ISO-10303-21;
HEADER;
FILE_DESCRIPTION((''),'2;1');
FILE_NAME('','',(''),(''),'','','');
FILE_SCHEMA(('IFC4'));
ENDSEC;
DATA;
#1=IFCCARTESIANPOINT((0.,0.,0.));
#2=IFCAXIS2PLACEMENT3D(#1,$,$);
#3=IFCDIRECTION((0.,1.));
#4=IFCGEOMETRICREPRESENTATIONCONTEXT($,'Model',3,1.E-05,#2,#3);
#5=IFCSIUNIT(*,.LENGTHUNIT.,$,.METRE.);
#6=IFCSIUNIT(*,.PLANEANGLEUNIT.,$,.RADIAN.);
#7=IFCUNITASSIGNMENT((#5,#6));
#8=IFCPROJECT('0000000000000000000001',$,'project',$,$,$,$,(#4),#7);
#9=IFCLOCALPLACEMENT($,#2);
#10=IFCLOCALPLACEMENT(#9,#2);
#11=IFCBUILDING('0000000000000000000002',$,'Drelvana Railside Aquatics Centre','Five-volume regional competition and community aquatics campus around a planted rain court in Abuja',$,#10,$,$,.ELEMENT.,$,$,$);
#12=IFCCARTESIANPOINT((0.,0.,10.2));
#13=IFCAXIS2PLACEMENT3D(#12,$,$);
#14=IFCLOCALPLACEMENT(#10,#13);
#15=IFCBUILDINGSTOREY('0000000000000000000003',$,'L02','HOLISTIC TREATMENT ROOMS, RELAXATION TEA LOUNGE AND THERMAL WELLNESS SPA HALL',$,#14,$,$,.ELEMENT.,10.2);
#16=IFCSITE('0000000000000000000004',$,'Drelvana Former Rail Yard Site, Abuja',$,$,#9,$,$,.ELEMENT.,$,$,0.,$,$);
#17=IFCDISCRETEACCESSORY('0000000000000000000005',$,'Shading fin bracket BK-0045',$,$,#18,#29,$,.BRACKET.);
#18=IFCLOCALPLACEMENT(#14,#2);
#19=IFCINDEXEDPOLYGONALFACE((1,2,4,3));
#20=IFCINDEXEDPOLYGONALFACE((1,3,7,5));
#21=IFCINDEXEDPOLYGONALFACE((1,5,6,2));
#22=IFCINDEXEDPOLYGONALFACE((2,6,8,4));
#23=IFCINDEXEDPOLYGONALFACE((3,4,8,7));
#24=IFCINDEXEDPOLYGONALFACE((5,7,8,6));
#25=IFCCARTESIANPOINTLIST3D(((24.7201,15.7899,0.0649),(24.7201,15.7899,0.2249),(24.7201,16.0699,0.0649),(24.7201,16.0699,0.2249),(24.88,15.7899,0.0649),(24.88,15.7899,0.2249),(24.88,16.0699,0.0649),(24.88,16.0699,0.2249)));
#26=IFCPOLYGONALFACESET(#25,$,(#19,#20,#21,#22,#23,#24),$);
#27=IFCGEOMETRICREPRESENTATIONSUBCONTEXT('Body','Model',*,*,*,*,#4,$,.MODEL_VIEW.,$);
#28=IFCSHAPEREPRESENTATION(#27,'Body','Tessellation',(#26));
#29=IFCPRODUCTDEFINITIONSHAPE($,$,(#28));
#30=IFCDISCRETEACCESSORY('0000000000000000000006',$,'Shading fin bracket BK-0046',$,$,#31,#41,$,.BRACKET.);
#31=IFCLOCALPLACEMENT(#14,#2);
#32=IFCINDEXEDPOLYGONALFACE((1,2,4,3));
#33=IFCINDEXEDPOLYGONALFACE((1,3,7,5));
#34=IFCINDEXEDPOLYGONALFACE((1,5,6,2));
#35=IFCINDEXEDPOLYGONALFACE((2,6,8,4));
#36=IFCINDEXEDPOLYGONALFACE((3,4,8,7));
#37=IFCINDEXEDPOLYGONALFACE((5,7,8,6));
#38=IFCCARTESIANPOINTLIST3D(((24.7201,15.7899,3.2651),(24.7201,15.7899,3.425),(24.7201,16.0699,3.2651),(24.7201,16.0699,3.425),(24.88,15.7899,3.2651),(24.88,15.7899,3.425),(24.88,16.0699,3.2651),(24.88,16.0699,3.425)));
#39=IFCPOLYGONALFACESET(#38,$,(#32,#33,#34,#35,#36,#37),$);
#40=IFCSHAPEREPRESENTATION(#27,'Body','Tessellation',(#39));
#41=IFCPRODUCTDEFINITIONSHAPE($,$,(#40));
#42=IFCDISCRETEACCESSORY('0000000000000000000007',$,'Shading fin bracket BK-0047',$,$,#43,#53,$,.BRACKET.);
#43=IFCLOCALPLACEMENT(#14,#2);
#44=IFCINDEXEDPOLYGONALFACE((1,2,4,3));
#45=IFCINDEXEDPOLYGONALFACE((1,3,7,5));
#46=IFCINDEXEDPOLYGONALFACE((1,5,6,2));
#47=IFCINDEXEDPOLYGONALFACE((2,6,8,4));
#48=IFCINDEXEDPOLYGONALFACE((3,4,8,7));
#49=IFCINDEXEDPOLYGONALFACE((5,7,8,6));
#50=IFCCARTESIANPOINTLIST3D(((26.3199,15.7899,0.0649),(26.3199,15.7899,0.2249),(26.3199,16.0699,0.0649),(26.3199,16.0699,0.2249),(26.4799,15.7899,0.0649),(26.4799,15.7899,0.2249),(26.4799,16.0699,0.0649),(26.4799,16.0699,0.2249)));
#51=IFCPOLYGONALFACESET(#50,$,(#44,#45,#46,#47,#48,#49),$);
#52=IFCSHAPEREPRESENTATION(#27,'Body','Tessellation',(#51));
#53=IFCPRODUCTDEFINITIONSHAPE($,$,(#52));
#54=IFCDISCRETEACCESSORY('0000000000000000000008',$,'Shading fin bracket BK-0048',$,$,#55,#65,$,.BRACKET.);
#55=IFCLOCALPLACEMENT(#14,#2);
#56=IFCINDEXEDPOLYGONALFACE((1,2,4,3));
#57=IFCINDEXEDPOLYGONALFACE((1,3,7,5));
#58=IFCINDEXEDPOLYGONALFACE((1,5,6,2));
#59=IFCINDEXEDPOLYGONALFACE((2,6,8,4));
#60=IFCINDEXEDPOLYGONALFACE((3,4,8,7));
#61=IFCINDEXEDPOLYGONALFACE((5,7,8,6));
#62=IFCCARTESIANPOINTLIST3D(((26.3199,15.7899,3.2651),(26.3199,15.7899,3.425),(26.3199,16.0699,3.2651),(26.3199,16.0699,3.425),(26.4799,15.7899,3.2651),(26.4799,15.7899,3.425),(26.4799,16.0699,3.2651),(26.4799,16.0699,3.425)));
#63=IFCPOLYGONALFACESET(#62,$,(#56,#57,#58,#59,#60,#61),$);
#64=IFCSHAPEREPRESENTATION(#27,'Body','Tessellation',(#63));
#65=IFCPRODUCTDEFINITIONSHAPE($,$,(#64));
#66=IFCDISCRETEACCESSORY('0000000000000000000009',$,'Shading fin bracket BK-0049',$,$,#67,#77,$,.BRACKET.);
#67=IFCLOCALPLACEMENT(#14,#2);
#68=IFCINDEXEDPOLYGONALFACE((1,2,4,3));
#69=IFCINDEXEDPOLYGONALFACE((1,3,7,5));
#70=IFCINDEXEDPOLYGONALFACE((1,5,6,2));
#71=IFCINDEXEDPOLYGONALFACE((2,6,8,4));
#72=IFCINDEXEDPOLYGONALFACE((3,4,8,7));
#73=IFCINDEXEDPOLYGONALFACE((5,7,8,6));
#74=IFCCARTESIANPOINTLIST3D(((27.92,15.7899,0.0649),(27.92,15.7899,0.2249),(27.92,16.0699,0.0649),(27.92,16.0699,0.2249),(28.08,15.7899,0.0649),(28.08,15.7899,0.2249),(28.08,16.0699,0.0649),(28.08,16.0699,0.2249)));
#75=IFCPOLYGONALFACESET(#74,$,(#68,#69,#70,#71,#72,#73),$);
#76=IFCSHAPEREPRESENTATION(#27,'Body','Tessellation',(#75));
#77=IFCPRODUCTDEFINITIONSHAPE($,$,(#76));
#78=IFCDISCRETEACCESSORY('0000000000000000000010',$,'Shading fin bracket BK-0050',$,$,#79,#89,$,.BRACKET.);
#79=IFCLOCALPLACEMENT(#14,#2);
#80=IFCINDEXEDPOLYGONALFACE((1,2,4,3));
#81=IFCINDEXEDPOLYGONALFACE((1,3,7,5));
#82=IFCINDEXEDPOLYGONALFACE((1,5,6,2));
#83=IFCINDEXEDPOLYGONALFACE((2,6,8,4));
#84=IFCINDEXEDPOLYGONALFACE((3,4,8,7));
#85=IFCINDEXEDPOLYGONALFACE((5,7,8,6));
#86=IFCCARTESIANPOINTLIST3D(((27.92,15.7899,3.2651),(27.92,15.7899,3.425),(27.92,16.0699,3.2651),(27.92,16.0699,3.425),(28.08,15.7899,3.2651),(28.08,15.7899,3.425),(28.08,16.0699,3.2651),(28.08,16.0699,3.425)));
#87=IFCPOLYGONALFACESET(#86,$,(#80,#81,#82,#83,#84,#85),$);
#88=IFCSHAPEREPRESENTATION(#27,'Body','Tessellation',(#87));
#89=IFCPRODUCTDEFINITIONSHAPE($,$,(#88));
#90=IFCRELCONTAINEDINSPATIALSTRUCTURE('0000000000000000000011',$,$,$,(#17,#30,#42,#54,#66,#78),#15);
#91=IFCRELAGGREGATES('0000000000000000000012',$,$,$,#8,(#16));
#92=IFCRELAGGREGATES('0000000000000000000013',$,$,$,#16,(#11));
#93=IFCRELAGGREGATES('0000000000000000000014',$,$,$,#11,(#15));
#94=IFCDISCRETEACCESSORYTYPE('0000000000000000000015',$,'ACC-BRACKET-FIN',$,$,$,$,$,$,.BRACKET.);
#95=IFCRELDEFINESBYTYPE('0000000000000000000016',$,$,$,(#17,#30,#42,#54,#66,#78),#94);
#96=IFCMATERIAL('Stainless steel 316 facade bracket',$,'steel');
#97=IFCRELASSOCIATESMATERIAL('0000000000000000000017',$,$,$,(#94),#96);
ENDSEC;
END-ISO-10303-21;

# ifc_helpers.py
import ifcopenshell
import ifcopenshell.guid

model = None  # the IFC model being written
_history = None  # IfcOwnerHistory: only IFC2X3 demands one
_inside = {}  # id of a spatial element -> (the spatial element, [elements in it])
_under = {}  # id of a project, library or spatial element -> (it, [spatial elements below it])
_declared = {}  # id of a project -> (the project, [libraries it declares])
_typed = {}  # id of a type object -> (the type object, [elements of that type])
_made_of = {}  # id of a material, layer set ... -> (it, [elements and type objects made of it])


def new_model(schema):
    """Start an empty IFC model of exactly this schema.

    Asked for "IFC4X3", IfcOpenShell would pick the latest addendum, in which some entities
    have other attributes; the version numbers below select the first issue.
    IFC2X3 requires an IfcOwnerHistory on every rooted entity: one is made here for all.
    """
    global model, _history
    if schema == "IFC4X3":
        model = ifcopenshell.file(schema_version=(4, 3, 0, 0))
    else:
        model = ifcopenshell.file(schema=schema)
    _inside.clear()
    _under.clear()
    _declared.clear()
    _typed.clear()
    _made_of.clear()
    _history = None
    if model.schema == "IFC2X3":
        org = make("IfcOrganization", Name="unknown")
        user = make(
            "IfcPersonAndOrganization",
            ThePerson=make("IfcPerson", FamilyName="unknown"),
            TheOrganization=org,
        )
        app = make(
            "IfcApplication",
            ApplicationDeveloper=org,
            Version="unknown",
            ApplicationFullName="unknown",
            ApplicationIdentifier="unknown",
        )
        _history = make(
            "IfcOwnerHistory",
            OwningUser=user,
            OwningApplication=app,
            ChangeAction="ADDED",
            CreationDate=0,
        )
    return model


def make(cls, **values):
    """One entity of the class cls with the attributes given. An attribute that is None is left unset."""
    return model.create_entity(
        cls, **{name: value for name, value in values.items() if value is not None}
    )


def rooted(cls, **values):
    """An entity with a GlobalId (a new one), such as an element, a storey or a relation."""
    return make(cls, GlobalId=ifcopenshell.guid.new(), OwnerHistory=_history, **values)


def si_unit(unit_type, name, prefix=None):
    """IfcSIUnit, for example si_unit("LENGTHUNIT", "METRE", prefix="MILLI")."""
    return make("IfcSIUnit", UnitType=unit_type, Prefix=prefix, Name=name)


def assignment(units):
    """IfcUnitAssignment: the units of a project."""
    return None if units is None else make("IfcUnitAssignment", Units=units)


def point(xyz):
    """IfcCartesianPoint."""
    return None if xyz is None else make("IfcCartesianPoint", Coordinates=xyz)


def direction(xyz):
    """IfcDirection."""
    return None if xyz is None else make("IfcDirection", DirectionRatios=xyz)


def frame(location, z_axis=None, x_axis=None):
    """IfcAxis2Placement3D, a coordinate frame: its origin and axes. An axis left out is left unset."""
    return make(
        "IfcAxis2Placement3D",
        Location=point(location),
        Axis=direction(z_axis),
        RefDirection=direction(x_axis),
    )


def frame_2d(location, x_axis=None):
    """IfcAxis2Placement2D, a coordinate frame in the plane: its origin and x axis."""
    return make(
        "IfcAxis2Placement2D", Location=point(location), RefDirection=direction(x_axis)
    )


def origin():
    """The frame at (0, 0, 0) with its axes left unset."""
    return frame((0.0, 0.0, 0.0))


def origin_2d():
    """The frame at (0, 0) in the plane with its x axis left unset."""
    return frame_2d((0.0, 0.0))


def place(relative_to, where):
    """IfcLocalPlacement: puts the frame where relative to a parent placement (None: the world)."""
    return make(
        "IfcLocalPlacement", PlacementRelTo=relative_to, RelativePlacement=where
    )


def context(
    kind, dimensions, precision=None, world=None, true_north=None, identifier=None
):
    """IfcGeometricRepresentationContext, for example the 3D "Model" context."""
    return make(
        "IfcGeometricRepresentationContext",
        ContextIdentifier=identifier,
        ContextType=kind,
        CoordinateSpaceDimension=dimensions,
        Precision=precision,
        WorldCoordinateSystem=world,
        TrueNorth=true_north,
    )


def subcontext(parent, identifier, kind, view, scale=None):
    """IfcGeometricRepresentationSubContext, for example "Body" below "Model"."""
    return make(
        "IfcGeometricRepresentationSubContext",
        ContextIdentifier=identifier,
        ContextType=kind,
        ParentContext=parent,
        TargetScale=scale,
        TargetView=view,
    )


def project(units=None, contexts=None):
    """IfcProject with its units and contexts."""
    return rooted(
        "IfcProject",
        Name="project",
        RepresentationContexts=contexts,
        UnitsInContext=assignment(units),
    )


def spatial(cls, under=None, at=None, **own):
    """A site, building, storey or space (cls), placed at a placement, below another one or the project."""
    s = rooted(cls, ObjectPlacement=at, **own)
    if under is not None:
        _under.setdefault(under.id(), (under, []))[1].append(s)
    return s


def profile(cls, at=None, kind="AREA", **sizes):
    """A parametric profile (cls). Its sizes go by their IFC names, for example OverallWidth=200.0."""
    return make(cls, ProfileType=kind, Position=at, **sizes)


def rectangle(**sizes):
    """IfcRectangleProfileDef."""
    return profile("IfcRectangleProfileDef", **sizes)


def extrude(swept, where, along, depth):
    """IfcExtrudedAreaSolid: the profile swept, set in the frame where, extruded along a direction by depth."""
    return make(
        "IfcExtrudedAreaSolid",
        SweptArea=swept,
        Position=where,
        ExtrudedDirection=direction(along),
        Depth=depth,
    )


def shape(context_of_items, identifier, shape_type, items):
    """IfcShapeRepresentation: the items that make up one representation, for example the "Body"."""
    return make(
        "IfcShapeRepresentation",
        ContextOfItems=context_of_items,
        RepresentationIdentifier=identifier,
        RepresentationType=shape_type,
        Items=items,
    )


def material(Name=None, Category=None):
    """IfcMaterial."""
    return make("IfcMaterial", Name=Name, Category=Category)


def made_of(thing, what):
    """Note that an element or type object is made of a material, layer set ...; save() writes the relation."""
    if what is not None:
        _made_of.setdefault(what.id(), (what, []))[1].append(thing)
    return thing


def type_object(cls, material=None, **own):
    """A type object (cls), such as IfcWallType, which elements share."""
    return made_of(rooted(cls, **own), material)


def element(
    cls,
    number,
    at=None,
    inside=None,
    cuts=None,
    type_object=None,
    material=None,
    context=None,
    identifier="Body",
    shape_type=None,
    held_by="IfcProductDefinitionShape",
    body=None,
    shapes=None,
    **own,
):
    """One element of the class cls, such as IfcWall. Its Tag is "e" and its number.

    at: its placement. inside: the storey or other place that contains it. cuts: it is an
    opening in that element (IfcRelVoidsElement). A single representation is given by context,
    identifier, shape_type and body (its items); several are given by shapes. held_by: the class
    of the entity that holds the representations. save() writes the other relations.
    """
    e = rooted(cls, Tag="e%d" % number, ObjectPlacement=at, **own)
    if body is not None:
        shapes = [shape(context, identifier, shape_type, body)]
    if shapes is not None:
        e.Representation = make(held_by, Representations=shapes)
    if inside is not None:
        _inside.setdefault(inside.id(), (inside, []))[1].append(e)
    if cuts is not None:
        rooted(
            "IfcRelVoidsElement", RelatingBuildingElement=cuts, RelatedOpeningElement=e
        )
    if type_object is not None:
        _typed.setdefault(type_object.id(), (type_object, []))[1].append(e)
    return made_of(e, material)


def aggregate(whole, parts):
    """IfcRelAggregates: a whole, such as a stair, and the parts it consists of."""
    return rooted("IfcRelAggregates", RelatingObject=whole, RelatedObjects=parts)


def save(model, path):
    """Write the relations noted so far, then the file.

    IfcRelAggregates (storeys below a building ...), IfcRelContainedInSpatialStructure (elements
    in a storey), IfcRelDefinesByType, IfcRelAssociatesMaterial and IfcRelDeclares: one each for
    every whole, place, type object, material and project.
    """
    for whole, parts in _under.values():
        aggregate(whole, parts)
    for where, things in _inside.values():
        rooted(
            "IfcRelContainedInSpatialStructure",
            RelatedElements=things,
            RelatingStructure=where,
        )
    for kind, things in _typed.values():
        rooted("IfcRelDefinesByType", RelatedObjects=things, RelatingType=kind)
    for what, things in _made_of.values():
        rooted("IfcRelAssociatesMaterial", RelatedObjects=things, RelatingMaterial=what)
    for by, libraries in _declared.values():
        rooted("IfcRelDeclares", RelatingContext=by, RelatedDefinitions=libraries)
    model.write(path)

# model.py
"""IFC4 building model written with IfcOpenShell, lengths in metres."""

from ifc_helpers import new_model, si_unit, direction, frame, origin, origin_2d, place, context, subcontext, project, spatial, rectangle, extrude, material, type_object, element, save


model = new_model("IFC4")

# Units and contexts
model_context = context("Model", 3, precision=1e-05, world=origin(), true_north=direction((0.0, 1.0)))
body_context = subcontext(model_context, "Body", "Model", "MODEL_VIEW")
ifc_project = project(units=[si_unit("LENGTHUNIT", "METRE"), si_unit("PLANEANGLEUNIT", "RADIAN")], contexts=[model_context])

# Site, building, storey
site_placement = place(None, origin())
site = spatial("IfcSite", under=ifc_project, at=site_placement, Name="Drelvana Former Rail Yard Site, Abuja", CompositionType="ELEMENT", RefElevation=0.0)
building_placement = place(site_placement, origin())
building = spatial("IfcBuilding", under=site, at=building_placement, Name="Drelvana Railside Aquatics Centre", Description="Five-volume regional competition and community aquatics campus around a planted rain court in Abuja", CompositionType="ELEMENT")
storey_placement = place(building_placement, frame((0.0, 0.0, 10.2)))
storey = spatial("IfcBuildingStorey", under=building, at=storey_placement, Name="L02", Description="HOLISTIC TREATMENT ROOMS, RELAXATION TEA LOUNGE AND THERMAL WELLNESS SPA HALL", CompositionType="ELEMENT", Elevation=10.2)

# Discrete accessories
ifc_material_1 = material(Name="Stainless steel 316 facade bracket", Category="steel")
discrete_accessory_type = type_object("IfcDiscreteAccessoryType", Name="ACC-BRACKET-FIN", PredefinedType="BRACKET", material=ifc_material_1)
for number, where, z_axis, x_axis, name in (
    (1, (24.8, 15.9299, 0.0649), (0.0, 0.0, 1.0), (0.0, -1.0, 0.0), "Shading fin bracket BK-0045"),
    (2, (24.8, 15.9299, 3.2651), (0.0, 0.0, 1.0), (0.0, -1.0, 0.0), "Shading fin bracket BK-0046"),
    (3, (26.3999, 15.9299, 0.0649), (0.0, 0.0, 1.0), (0.0, -1.0, 0.0), "Shading fin bracket BK-0047"),
    (4, (26.3999, 15.9299, 3.2651), (0.0, 0.0, 1.0), (0.0, -1.0, 0.0), "Shading fin bracket BK-0048"),
    (5, (28.0, 15.9299, 0.0649), (0.0, 0.0, 1.0), (0.0, -1.0, 0.0), "Shading fin bracket BK-0049"),
    (6, (28.0, 15.9299, 3.2651), (0.0, 0.0, 1.0), (0.0, -1.0, 0.0), "Shading fin bracket BK-0050"),
):
    element("IfcDiscreteAccessory", number, at=place(storey_placement, frame(where, z_axis=z_axis, x_axis=x_axis)), inside=storey, type_object=discrete_accessory_type, Name=name, PredefinedType="BRACKET", context=body_context, shape_type="SweptSolid", body=[
        extrude(rectangle(XDim=0.28, YDim=0.1599, at=origin_2d()), origin(), (0.0, 0.0, 1.0), 0.1599),
    ])

save(model, "model.ifc")
